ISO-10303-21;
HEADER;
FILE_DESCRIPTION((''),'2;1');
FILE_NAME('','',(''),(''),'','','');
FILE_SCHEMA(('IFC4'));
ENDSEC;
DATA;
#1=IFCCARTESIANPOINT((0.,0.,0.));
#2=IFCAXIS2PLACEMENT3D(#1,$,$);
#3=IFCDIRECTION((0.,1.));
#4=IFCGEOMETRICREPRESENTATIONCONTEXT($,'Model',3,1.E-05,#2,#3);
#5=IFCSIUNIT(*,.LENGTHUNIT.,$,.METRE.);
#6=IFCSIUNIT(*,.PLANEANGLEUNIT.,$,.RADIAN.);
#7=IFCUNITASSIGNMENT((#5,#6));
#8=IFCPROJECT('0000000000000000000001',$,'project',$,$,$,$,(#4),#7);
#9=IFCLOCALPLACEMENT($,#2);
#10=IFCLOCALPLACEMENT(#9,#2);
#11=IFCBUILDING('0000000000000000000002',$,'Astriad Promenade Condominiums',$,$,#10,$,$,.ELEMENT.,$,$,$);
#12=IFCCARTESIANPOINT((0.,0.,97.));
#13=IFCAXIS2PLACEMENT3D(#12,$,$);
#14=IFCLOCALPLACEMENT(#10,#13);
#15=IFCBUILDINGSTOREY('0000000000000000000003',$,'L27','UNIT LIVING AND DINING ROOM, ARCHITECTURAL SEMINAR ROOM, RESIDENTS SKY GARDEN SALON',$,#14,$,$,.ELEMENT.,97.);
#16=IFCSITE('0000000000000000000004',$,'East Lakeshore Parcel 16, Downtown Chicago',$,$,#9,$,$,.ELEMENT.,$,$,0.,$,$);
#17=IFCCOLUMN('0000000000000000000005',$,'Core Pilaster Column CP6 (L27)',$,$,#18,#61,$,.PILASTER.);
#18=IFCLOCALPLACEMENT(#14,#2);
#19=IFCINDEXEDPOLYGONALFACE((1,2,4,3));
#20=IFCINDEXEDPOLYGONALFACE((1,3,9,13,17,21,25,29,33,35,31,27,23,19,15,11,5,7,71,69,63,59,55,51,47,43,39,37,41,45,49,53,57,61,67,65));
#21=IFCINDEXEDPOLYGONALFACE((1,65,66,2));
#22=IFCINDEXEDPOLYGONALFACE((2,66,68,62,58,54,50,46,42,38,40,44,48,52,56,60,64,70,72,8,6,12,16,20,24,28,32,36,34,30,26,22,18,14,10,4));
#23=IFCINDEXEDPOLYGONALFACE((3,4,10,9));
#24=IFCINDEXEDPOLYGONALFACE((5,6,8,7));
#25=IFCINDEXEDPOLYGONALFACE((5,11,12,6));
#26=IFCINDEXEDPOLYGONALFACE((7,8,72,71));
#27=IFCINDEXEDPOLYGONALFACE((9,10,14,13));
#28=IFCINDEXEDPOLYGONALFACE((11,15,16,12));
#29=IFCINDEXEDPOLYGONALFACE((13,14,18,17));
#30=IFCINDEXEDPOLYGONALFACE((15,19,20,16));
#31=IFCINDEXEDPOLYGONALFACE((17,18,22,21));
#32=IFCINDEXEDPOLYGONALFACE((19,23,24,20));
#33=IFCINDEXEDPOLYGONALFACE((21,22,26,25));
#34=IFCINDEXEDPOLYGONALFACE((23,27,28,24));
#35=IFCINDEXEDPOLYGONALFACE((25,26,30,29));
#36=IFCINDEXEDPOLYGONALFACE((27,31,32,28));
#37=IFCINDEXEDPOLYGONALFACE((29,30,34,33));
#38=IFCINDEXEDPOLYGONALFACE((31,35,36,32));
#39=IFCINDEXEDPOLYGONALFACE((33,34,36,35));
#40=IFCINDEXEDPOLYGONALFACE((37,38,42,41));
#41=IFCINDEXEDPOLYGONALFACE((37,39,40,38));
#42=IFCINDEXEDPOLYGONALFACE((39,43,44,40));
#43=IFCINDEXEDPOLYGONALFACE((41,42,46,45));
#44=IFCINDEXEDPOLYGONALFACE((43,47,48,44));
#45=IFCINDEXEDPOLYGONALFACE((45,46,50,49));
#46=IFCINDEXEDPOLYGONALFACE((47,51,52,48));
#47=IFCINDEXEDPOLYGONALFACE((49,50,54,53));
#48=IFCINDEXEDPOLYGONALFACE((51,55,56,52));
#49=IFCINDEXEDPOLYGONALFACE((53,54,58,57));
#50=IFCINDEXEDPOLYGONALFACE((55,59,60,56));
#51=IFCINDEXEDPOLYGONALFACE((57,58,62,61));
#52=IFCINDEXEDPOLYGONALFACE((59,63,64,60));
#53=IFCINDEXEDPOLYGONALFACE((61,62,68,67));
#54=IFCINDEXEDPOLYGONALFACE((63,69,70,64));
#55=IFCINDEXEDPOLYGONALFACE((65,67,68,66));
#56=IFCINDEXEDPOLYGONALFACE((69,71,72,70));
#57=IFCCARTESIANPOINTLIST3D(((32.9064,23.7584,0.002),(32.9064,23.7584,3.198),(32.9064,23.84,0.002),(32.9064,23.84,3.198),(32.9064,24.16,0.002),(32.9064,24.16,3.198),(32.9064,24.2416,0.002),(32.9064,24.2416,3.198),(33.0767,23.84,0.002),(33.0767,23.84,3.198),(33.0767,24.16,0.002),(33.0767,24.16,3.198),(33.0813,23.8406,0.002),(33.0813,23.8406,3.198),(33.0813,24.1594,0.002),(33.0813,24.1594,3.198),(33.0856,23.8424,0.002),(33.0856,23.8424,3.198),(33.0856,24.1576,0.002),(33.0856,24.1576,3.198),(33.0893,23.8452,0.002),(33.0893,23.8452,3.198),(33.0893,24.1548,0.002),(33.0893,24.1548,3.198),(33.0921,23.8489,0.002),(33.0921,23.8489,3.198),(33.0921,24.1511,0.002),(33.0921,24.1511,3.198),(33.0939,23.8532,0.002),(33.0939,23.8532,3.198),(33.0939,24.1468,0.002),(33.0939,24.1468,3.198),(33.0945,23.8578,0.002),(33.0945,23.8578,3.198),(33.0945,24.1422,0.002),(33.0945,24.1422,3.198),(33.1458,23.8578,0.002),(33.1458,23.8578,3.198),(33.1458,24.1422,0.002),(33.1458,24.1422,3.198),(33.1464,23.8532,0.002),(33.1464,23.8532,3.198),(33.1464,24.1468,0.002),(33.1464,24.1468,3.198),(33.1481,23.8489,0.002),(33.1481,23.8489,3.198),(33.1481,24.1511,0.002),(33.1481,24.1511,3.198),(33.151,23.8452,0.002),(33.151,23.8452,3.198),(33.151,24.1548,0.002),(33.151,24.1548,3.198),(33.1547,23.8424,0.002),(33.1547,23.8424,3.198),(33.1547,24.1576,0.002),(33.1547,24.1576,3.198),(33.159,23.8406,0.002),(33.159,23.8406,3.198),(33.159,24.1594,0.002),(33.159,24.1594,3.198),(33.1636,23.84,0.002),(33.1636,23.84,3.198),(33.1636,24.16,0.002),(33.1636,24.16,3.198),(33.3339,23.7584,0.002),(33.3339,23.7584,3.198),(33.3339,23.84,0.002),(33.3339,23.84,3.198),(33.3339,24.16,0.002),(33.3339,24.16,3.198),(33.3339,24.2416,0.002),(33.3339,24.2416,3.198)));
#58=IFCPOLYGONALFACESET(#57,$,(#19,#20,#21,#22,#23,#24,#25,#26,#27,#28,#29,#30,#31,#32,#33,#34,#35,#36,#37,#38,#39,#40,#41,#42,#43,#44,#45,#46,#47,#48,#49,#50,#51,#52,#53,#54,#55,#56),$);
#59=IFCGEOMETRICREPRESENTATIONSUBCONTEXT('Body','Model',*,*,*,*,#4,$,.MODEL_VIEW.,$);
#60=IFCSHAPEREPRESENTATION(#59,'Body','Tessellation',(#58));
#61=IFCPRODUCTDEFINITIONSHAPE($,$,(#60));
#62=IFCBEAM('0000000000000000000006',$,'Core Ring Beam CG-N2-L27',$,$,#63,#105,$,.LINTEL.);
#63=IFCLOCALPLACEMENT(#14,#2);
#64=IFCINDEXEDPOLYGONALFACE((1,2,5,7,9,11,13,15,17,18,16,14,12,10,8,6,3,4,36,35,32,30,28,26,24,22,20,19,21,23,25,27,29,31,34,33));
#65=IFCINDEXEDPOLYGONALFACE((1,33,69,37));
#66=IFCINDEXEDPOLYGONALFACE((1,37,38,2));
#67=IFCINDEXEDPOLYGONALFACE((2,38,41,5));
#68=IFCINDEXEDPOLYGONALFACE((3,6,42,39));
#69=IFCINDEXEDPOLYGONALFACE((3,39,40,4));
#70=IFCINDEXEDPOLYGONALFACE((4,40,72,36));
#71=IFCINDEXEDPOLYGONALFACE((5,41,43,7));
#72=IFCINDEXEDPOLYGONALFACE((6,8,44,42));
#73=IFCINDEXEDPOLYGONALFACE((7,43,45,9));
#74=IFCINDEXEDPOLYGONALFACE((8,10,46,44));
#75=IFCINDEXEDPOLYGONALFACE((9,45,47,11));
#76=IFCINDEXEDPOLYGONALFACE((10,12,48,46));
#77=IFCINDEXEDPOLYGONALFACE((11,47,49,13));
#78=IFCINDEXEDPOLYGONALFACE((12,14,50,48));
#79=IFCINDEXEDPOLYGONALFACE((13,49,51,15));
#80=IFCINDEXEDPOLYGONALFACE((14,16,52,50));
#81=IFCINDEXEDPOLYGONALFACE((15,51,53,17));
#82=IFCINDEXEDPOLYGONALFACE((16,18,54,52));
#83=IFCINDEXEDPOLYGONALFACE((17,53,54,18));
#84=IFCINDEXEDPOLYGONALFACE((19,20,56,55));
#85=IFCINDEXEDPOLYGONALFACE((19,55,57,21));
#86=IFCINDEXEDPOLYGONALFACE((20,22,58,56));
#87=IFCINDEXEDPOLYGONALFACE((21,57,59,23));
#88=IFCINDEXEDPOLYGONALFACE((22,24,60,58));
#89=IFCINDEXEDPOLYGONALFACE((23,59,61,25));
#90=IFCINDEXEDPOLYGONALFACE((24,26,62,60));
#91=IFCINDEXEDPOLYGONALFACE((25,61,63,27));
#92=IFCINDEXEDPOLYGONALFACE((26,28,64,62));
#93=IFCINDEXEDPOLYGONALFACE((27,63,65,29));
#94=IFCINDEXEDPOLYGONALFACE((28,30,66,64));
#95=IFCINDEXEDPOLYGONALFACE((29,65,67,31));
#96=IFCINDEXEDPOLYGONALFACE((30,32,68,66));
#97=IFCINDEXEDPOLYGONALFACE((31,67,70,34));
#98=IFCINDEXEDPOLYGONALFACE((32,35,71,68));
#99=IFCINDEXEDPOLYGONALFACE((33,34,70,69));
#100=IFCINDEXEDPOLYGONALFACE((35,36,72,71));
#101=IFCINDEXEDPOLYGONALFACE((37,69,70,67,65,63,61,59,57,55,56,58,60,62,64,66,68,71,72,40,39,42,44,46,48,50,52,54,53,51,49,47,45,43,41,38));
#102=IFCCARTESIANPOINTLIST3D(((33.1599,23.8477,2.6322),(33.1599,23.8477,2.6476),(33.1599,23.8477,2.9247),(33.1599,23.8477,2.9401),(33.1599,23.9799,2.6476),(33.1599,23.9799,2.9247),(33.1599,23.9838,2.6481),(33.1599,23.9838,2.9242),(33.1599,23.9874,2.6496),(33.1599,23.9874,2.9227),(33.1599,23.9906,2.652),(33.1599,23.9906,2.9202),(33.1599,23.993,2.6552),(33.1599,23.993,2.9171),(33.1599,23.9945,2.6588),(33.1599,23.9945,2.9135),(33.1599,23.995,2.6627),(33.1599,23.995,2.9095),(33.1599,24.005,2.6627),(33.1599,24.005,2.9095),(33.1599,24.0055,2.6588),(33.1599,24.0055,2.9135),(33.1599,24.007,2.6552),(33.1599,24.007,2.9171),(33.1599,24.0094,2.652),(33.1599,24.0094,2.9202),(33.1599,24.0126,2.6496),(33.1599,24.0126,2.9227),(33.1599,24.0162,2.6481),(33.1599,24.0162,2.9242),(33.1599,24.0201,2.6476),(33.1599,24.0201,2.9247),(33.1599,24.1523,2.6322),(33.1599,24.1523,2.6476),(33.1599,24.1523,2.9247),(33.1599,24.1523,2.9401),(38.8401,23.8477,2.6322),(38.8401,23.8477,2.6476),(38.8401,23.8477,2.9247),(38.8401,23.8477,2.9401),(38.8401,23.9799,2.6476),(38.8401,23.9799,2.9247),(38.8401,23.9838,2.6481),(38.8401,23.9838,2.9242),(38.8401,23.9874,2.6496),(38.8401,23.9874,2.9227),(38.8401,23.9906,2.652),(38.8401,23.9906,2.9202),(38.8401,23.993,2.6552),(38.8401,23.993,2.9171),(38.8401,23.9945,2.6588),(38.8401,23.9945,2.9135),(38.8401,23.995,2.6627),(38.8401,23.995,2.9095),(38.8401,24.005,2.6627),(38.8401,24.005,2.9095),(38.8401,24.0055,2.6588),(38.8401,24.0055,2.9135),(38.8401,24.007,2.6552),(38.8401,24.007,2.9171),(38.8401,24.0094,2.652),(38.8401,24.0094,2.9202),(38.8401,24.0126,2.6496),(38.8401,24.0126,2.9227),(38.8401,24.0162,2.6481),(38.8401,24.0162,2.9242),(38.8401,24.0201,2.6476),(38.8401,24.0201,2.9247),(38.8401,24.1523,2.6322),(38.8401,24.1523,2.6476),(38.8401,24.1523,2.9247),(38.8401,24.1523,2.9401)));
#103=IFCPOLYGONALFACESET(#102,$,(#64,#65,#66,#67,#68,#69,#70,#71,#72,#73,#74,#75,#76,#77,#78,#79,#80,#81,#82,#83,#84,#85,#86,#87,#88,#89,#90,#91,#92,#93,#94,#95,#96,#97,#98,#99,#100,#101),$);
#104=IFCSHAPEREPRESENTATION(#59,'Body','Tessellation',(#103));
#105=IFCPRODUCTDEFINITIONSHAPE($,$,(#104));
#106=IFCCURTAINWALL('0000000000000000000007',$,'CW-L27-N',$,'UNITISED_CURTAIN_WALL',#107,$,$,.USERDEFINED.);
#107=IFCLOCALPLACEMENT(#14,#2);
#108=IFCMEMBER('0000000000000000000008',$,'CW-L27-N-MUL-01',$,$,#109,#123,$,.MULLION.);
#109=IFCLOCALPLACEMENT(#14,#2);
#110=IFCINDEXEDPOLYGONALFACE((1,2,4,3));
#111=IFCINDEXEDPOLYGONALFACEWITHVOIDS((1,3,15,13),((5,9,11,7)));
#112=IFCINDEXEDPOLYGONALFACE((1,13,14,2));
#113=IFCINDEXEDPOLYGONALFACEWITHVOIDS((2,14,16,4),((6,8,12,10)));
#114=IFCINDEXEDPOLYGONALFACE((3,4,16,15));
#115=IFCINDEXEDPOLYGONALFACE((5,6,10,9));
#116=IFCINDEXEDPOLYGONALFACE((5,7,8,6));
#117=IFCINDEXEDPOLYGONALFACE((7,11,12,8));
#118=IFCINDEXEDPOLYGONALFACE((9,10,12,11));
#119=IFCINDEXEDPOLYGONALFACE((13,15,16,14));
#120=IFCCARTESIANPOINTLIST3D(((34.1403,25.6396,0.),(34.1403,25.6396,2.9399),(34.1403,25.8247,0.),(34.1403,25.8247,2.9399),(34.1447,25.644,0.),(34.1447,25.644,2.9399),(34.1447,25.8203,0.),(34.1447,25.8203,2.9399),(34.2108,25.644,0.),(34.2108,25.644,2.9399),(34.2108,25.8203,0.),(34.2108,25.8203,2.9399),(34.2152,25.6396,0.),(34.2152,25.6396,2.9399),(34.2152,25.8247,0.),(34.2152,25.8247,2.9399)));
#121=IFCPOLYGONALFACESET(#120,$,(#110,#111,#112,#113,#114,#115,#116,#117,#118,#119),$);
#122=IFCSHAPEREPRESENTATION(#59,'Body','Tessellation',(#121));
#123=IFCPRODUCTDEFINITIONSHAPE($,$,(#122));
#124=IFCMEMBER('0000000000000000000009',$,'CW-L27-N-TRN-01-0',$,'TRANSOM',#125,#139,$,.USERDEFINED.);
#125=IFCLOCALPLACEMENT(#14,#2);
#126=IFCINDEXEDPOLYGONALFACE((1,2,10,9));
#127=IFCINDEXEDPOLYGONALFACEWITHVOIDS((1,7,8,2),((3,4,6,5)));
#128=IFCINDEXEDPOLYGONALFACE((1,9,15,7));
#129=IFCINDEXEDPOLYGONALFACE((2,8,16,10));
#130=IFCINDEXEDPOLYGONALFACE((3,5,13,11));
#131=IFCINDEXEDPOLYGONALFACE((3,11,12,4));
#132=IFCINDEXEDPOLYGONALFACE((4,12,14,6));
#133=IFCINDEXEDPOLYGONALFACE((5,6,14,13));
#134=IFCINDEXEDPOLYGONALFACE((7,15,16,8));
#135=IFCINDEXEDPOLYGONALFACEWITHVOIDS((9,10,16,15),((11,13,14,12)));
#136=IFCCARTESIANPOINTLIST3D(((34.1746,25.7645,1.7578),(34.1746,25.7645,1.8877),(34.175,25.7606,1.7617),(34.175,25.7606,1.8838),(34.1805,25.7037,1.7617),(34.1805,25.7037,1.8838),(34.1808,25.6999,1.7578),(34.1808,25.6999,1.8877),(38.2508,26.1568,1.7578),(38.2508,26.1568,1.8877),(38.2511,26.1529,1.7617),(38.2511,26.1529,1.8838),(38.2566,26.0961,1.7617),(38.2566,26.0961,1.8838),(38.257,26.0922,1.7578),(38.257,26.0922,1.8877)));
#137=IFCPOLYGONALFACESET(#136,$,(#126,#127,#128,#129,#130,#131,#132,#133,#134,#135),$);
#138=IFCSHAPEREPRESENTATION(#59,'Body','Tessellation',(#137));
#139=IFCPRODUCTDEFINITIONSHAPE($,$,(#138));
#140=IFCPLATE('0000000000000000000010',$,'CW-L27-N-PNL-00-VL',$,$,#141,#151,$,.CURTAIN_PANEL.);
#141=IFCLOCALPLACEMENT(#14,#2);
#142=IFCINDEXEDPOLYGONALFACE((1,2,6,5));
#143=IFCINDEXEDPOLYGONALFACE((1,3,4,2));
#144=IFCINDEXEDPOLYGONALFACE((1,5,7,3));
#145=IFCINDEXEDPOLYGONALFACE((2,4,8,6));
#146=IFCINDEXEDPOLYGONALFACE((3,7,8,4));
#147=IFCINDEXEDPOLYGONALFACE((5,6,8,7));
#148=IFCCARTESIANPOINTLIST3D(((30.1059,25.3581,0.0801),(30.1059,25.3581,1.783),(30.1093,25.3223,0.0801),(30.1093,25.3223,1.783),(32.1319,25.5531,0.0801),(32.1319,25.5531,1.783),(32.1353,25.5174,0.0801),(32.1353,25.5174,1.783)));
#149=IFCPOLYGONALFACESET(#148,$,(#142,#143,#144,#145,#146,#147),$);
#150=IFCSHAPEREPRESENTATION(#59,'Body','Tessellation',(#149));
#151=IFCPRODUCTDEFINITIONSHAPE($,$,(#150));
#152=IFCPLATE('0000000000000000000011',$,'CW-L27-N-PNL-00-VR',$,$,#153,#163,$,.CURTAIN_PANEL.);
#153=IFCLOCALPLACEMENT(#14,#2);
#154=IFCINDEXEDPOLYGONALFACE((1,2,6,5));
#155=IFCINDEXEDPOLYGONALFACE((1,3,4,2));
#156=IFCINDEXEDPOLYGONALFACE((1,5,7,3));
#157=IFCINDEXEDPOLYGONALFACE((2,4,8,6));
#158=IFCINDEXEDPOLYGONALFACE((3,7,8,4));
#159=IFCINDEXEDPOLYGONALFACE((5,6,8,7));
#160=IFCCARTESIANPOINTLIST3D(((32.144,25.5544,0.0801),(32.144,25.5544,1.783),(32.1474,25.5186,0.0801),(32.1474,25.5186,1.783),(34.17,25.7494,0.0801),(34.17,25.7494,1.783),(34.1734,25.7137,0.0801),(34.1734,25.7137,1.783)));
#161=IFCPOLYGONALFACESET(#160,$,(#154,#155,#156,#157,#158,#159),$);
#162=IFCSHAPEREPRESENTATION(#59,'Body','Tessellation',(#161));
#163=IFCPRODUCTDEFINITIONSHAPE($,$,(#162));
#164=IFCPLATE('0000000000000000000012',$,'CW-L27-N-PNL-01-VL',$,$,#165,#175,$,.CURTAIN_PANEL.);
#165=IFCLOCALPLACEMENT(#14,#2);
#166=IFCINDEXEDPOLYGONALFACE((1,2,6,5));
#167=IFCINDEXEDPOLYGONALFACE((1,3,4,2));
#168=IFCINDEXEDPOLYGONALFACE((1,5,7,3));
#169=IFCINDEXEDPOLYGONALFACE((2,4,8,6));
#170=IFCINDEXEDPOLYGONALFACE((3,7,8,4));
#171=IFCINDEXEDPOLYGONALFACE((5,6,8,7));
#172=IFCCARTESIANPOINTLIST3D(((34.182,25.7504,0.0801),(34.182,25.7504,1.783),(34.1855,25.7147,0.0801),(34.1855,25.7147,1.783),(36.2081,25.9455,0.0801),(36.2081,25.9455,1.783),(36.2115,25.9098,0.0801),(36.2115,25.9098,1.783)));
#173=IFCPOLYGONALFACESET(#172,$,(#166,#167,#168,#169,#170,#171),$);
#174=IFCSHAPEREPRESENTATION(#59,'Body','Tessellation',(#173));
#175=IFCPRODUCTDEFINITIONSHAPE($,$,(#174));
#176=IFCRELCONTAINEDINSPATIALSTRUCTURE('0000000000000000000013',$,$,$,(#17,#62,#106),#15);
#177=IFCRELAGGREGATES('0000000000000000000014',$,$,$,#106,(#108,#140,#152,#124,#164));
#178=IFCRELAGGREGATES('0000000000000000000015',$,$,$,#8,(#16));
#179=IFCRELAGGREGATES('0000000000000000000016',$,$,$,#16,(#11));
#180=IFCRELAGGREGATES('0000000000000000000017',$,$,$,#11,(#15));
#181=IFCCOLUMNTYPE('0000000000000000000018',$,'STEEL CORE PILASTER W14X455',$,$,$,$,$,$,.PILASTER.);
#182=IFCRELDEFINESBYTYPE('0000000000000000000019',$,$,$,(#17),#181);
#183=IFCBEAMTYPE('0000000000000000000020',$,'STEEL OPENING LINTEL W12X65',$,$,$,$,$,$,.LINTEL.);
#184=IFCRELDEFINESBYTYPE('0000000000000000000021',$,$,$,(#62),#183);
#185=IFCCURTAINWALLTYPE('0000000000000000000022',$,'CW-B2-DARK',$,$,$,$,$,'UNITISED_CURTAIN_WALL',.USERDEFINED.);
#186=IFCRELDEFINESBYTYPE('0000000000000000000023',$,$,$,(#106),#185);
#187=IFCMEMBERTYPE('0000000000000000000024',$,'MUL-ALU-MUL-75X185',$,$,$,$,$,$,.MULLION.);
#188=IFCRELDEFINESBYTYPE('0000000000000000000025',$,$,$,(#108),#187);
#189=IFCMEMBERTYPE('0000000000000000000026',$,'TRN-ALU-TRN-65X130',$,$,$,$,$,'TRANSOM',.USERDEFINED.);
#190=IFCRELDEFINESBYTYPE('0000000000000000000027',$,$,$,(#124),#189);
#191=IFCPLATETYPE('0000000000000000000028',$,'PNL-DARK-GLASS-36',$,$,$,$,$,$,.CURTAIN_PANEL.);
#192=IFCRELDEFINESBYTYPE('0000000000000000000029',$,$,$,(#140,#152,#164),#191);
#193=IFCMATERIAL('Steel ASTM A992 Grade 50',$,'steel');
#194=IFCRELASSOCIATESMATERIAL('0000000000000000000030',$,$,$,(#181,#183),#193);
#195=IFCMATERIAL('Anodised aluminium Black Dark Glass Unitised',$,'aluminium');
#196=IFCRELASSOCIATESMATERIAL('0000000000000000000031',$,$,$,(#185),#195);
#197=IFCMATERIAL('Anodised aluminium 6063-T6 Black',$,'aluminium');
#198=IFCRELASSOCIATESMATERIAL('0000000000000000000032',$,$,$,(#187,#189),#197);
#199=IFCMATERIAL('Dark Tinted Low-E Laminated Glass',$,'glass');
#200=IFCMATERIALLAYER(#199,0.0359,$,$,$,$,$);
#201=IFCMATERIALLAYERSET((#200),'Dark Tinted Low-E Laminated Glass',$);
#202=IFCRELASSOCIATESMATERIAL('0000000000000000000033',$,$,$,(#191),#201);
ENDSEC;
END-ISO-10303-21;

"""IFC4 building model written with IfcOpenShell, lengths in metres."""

from ifc_helpers import new_model, si_unit, direction, frame, origin, origin_2d, place, context, subcontext, project, spatial, rectangle, hollow_rectangle, i_section, extrude, source, transform, mapped, material, layer, layer_set, material_profile, profile_set, type_object, type_shapes, element, aggregate, save


model = new_model("IFC4")

# Units and contexts
model_context = context("Model", 3, precision=1e-05, world=origin(), true_north=direction((0.0, 1.0)))
body_context = subcontext(model_context, "Body", "Model", "MODEL_VIEW")
ifc_project = project(units=[si_unit("LENGTHUNIT", "METRE"), si_unit("PLANEANGLEUNIT", "RADIAN")], contexts=[model_context])

# Site, building, storey
site_placement = place(None, origin())
site = spatial("IfcSite", under=ifc_project, at=site_placement, Name="East Lakeshore Parcel 16, Downtown Chicago", CompositionType="ELEMENT", RefElevation=0.0)
building_placement = place(site_placement, origin())
building = spatial("IfcBuilding", under=site, at=building_placement, Name="Astriad Promenade Condominiums", CompositionType="ELEMENT")
storey_placement = place(building_placement, frame((0.0, 0.0, 97.0)))
storey = spatial("IfcBuildingStorey", under=building, at=storey_placement, Name="L27", Description="UNIT LIVING AND DINING ROOM, ARCHITECTURAL SEMINAR ROOM, RESIDENTS SKY GARDEN SALON", CompositionType="ELEMENT", Elevation=97.0)

# Column
ifc_material_1 = material(Name="Steel ASTM A992 Grade 50", Category="steel")
ifc_material_profile_1 = material_profile(ifc_material_1, i_section(OverallWidth=0.4275, OverallDepth=0.4832, WebThickness=0.0513, FlangeThickness=0.0815, FilletRadius=0.0178, at=origin_2d()), Name="W14X455")
ifc_profile_set_1 = profile_set([ifc_material_profile_1], Name="Steel ASTM A992 Grade 50")
column_type = type_object("IfcColumnType", Name="STEEL CORE PILASTER W14X455", PredefinedType="PILASTER", material=ifc_profile_set_1)
shared_shape_1 = source(origin(), body_context, "Body", "SweptSolid", [
    extrude(i_section(OverallWidth=0.4275, OverallDepth=0.4832, WebThickness=0.0513, FlangeThickness=0.0815, FilletRadius=0.0178, at=origin_2d()), origin(), (0.0, 0.0, 1.0), 3.196),
])
type_shapes(column_type, [shared_shape_1])
column_placement = place(storey_placement, frame((33.1201, 24.0, 0.002), z_axis=(0.0, 0.0, 1.0), x_axis=(1.0, 0.0, 0.0)))
element("IfcColumn", 1, at=column_placement, inside=storey, type_object=column_type, Name="Core Pilaster Column CP6 (L27)", PredefinedType="PILASTER", context=body_context, shape_type="MappedRepresentation", body=[
    mapped(shared_shape_1, transform((0.0, 0.0, 0.0), scale=1.0)),
])

# Beam
ifc_material_profile_2 = material_profile(ifc_material_1, i_section(OverallWidth=0.3047, OverallDepth=0.3079, WebThickness=0.01, FlangeThickness=0.0154, FilletRadius=0.0151, at=origin_2d()), Name="W12X65")
ifc_profile_set_2 = profile_set([ifc_material_profile_2], Name="Steel ASTM A992 Grade 50")
beam_type = type_object("IfcBeamType", Name="STEEL OPENING LINTEL W12X65", PredefinedType="LINTEL", material=ifc_profile_set_2)
shared_shape_2 = source(origin(), body_context, "Body", "SweptSolid", [
    extrude(i_section(OverallWidth=0.3047, OverallDepth=0.3079, WebThickness=0.01, FlangeThickness=0.0154, FilletRadius=0.0151, at=origin_2d()), origin(), (0.0, 0.0, 1.0), 5.6802),
])
type_shapes(beam_type, [shared_shape_2])
beam_placement = place(storey_placement, frame((33.1599, 24.0, 2.7861), z_axis=(1.0, 0.0, 0.0), x_axis=(0.0, 1.0, 0.0)))
element("IfcBeam", 2, at=beam_placement, inside=storey, type_object=beam_type, Name="Core Ring Beam CG-N2-L27", PredefinedType="LINTEL", context=body_context, shape_type="MappedRepresentation", body=[
    mapped(shared_shape_2, transform((0.0, 0.0, 0.0), scale=1.0)),
])

# Curtain wall, members, plates
ifc_material_2 = material(Name="Anodised aluminium Black Dark Glass Unitised", Category="aluminium")
curtain_wall_type = type_object("IfcCurtainWallType", Name="CW-B2-DARK", ElementType="UNITISED_CURTAIN_WALL", PredefinedType="USERDEFINED", material=ifc_material_2)
curtain_wall_placement = place(storey_placement, origin())
curtain_wall = element("IfcCurtainWall", 3, at=curtain_wall_placement, inside=storey, type_object=curtain_wall_type, Name="CW-L27-N", ObjectType="UNITISED_CURTAIN_WALL", PredefinedType="USERDEFINED")
ifc_material_3 = material(Name="Anodised aluminium 6063-T6 Black", Category="aluminium")
ifc_material_profile_3 = material_profile(ifc_material_3, hollow_rectangle(XDim=0.075, YDim=0.1851, WallThickness=0.0044, at=origin_2d()), Name="ALU-MUL-75X185")
ifc_profile_set_3 = profile_set([ifc_material_profile_3], Name="Anodised aluminium 6063-T6 Black")
member_type_1 = type_object("IfcMemberType", Name="MUL-ALU-MUL-75X185", PredefinedType="MULLION", material=ifc_profile_set_3)
shared_shape_3 = source(origin(), body_context, "Body", "SweptSolid", [
    extrude(hollow_rectangle(XDim=0.075, YDim=0.1851, WallThickness=0.0044, at=origin_2d()), origin(), (0.0, 0.0, 1.0), 2.9399),
])
type_shapes(member_type_1, [shared_shape_3])
member_1_placement = place(storey_placement, frame((34.1777, 25.7322, 0.0), z_axis=(0.0, 0.0, 1.0), x_axis=(1.0, 0.0, 0.0)))
member_1 = element("IfcMember", 4, at=member_1_placement, type_object=member_type_1, Name="CW-L27-N-MUL-01", PredefinedType="MULLION", context=body_context, shape_type="MappedRepresentation", body=[
    mapped(shared_shape_3, transform((0.0, 0.0, 0.0), scale=1.0)),
])
ifc_material_profile_4 = material_profile(ifc_material_3, hollow_rectangle(XDim=0.0649, YDim=0.1299, WallThickness=0.0039, at=origin_2d()), Name="ALU-TRN-65X130")
ifc_profile_set_4 = profile_set([ifc_material_profile_4], Name="Anodised aluminium 6063-T6 Black")
member_type_2 = type_object("IfcMemberType", Name="TRN-ALU-TRN-65X130", ElementType="TRANSOM", PredefinedType="USERDEFINED", material=ifc_profile_set_4)
shared_shape_4 = source(origin(), body_context, "Body", "SweptSolid", [
    extrude(hollow_rectangle(XDim=0.0649, YDim=0.1299, WallThickness=0.0039, at=origin_2d()), origin(), (0.0, 0.0, 1.0), 4.095),
])
type_shapes(member_type_2, [shared_shape_4])
member_2_placement = place(storey_placement, frame((34.1777, 25.7322, 1.8228), z_axis=(0.9954, 0.095808, 0.0), x_axis=(-0.095808, 0.9954, 0.0)))
member_2 = element("IfcMember", 5, at=member_2_placement, type_object=member_type_2, Name="CW-L27-N-TRN-01-0", ObjectType="TRANSOM", PredefinedType="USERDEFINED", context=body_context, shape_type="MappedRepresentation", body=[
    mapped(shared_shape_4, transform((0.0, 0.0, 0.0), scale=1.0)),
])
ifc_material_4 = material(Name="Dark Tinted Low-E Laminated Glass", Category="glass")
ifc_layer_1 = layer(ifc_material_4, 0.0359)
ifc_layer_set_1 = layer_set([ifc_layer_1], Name="Dark Tinted Low-E Laminated Glass")
plate_type = type_object("IfcPlateType", Name="PNL-DARK-GLASS-36", PredefinedType="CURTAIN_PANEL", material=ifc_layer_set_1)
shared_shape_5 = source(origin(), body_context, "Body", "SweptSolid", [
    extrude(rectangle(XDim=2.0354, YDim=0.0359, at=origin_2d()), origin(), (0.0, 0.0, 1.0), 1.7029),
])
plate_1_placement = place(storey_placement, frame((31.1206, 25.4377, 0.0801), z_axis=(0.0, 0.0, 1.0), x_axis=(0.995396, 0.095846, 0.0)))
plate_1 = element("IfcPlate", 6, at=plate_1_placement, type_object=plate_type, Name="CW-L27-N-PNL-00-VL", PredefinedType="CURTAIN_PANEL", context=body_context, shape_type="MappedRepresentation", body=[
    mapped(shared_shape_5, transform((0.0, 0.0, 0.0), scale=1.0)),
])
plate_2_placement = place(storey_placement, frame((33.1587, 25.634, 0.0801), z_axis=(0.0, 0.0, 1.0), x_axis=(0.995396, 0.095846, 0.0)))
plate_2 = element("IfcPlate", 7, at=plate_2_placement, type_object=plate_type, Name="CW-L27-N-PNL-00-VR", PredefinedType="CURTAIN_PANEL", context=body_context, shape_type="MappedRepresentation", body=[
    mapped(shared_shape_5, transform((0.0, 0.0, 0.0), scale=1.0)),
])
plate_3_placement = place(storey_placement, frame((35.1968, 25.8301, 0.0801), z_axis=(0.0, 0.0, 1.0), x_axis=(0.995396, 0.095846, 0.0)))
plate_3 = element("IfcPlate", 8, at=plate_3_placement, type_object=plate_type, Name="CW-L27-N-PNL-01-VL", PredefinedType="CURTAIN_PANEL", context=body_context, shape_type="MappedRepresentation", body=[
    mapped(shared_shape_5, transform((0.0, 0.0, 0.0), scale=1.0)),
])
aggregate(curtain_wall, [member_1, plate_1, plate_2, member_2, plate_3])

save(model, "model.ifc")
